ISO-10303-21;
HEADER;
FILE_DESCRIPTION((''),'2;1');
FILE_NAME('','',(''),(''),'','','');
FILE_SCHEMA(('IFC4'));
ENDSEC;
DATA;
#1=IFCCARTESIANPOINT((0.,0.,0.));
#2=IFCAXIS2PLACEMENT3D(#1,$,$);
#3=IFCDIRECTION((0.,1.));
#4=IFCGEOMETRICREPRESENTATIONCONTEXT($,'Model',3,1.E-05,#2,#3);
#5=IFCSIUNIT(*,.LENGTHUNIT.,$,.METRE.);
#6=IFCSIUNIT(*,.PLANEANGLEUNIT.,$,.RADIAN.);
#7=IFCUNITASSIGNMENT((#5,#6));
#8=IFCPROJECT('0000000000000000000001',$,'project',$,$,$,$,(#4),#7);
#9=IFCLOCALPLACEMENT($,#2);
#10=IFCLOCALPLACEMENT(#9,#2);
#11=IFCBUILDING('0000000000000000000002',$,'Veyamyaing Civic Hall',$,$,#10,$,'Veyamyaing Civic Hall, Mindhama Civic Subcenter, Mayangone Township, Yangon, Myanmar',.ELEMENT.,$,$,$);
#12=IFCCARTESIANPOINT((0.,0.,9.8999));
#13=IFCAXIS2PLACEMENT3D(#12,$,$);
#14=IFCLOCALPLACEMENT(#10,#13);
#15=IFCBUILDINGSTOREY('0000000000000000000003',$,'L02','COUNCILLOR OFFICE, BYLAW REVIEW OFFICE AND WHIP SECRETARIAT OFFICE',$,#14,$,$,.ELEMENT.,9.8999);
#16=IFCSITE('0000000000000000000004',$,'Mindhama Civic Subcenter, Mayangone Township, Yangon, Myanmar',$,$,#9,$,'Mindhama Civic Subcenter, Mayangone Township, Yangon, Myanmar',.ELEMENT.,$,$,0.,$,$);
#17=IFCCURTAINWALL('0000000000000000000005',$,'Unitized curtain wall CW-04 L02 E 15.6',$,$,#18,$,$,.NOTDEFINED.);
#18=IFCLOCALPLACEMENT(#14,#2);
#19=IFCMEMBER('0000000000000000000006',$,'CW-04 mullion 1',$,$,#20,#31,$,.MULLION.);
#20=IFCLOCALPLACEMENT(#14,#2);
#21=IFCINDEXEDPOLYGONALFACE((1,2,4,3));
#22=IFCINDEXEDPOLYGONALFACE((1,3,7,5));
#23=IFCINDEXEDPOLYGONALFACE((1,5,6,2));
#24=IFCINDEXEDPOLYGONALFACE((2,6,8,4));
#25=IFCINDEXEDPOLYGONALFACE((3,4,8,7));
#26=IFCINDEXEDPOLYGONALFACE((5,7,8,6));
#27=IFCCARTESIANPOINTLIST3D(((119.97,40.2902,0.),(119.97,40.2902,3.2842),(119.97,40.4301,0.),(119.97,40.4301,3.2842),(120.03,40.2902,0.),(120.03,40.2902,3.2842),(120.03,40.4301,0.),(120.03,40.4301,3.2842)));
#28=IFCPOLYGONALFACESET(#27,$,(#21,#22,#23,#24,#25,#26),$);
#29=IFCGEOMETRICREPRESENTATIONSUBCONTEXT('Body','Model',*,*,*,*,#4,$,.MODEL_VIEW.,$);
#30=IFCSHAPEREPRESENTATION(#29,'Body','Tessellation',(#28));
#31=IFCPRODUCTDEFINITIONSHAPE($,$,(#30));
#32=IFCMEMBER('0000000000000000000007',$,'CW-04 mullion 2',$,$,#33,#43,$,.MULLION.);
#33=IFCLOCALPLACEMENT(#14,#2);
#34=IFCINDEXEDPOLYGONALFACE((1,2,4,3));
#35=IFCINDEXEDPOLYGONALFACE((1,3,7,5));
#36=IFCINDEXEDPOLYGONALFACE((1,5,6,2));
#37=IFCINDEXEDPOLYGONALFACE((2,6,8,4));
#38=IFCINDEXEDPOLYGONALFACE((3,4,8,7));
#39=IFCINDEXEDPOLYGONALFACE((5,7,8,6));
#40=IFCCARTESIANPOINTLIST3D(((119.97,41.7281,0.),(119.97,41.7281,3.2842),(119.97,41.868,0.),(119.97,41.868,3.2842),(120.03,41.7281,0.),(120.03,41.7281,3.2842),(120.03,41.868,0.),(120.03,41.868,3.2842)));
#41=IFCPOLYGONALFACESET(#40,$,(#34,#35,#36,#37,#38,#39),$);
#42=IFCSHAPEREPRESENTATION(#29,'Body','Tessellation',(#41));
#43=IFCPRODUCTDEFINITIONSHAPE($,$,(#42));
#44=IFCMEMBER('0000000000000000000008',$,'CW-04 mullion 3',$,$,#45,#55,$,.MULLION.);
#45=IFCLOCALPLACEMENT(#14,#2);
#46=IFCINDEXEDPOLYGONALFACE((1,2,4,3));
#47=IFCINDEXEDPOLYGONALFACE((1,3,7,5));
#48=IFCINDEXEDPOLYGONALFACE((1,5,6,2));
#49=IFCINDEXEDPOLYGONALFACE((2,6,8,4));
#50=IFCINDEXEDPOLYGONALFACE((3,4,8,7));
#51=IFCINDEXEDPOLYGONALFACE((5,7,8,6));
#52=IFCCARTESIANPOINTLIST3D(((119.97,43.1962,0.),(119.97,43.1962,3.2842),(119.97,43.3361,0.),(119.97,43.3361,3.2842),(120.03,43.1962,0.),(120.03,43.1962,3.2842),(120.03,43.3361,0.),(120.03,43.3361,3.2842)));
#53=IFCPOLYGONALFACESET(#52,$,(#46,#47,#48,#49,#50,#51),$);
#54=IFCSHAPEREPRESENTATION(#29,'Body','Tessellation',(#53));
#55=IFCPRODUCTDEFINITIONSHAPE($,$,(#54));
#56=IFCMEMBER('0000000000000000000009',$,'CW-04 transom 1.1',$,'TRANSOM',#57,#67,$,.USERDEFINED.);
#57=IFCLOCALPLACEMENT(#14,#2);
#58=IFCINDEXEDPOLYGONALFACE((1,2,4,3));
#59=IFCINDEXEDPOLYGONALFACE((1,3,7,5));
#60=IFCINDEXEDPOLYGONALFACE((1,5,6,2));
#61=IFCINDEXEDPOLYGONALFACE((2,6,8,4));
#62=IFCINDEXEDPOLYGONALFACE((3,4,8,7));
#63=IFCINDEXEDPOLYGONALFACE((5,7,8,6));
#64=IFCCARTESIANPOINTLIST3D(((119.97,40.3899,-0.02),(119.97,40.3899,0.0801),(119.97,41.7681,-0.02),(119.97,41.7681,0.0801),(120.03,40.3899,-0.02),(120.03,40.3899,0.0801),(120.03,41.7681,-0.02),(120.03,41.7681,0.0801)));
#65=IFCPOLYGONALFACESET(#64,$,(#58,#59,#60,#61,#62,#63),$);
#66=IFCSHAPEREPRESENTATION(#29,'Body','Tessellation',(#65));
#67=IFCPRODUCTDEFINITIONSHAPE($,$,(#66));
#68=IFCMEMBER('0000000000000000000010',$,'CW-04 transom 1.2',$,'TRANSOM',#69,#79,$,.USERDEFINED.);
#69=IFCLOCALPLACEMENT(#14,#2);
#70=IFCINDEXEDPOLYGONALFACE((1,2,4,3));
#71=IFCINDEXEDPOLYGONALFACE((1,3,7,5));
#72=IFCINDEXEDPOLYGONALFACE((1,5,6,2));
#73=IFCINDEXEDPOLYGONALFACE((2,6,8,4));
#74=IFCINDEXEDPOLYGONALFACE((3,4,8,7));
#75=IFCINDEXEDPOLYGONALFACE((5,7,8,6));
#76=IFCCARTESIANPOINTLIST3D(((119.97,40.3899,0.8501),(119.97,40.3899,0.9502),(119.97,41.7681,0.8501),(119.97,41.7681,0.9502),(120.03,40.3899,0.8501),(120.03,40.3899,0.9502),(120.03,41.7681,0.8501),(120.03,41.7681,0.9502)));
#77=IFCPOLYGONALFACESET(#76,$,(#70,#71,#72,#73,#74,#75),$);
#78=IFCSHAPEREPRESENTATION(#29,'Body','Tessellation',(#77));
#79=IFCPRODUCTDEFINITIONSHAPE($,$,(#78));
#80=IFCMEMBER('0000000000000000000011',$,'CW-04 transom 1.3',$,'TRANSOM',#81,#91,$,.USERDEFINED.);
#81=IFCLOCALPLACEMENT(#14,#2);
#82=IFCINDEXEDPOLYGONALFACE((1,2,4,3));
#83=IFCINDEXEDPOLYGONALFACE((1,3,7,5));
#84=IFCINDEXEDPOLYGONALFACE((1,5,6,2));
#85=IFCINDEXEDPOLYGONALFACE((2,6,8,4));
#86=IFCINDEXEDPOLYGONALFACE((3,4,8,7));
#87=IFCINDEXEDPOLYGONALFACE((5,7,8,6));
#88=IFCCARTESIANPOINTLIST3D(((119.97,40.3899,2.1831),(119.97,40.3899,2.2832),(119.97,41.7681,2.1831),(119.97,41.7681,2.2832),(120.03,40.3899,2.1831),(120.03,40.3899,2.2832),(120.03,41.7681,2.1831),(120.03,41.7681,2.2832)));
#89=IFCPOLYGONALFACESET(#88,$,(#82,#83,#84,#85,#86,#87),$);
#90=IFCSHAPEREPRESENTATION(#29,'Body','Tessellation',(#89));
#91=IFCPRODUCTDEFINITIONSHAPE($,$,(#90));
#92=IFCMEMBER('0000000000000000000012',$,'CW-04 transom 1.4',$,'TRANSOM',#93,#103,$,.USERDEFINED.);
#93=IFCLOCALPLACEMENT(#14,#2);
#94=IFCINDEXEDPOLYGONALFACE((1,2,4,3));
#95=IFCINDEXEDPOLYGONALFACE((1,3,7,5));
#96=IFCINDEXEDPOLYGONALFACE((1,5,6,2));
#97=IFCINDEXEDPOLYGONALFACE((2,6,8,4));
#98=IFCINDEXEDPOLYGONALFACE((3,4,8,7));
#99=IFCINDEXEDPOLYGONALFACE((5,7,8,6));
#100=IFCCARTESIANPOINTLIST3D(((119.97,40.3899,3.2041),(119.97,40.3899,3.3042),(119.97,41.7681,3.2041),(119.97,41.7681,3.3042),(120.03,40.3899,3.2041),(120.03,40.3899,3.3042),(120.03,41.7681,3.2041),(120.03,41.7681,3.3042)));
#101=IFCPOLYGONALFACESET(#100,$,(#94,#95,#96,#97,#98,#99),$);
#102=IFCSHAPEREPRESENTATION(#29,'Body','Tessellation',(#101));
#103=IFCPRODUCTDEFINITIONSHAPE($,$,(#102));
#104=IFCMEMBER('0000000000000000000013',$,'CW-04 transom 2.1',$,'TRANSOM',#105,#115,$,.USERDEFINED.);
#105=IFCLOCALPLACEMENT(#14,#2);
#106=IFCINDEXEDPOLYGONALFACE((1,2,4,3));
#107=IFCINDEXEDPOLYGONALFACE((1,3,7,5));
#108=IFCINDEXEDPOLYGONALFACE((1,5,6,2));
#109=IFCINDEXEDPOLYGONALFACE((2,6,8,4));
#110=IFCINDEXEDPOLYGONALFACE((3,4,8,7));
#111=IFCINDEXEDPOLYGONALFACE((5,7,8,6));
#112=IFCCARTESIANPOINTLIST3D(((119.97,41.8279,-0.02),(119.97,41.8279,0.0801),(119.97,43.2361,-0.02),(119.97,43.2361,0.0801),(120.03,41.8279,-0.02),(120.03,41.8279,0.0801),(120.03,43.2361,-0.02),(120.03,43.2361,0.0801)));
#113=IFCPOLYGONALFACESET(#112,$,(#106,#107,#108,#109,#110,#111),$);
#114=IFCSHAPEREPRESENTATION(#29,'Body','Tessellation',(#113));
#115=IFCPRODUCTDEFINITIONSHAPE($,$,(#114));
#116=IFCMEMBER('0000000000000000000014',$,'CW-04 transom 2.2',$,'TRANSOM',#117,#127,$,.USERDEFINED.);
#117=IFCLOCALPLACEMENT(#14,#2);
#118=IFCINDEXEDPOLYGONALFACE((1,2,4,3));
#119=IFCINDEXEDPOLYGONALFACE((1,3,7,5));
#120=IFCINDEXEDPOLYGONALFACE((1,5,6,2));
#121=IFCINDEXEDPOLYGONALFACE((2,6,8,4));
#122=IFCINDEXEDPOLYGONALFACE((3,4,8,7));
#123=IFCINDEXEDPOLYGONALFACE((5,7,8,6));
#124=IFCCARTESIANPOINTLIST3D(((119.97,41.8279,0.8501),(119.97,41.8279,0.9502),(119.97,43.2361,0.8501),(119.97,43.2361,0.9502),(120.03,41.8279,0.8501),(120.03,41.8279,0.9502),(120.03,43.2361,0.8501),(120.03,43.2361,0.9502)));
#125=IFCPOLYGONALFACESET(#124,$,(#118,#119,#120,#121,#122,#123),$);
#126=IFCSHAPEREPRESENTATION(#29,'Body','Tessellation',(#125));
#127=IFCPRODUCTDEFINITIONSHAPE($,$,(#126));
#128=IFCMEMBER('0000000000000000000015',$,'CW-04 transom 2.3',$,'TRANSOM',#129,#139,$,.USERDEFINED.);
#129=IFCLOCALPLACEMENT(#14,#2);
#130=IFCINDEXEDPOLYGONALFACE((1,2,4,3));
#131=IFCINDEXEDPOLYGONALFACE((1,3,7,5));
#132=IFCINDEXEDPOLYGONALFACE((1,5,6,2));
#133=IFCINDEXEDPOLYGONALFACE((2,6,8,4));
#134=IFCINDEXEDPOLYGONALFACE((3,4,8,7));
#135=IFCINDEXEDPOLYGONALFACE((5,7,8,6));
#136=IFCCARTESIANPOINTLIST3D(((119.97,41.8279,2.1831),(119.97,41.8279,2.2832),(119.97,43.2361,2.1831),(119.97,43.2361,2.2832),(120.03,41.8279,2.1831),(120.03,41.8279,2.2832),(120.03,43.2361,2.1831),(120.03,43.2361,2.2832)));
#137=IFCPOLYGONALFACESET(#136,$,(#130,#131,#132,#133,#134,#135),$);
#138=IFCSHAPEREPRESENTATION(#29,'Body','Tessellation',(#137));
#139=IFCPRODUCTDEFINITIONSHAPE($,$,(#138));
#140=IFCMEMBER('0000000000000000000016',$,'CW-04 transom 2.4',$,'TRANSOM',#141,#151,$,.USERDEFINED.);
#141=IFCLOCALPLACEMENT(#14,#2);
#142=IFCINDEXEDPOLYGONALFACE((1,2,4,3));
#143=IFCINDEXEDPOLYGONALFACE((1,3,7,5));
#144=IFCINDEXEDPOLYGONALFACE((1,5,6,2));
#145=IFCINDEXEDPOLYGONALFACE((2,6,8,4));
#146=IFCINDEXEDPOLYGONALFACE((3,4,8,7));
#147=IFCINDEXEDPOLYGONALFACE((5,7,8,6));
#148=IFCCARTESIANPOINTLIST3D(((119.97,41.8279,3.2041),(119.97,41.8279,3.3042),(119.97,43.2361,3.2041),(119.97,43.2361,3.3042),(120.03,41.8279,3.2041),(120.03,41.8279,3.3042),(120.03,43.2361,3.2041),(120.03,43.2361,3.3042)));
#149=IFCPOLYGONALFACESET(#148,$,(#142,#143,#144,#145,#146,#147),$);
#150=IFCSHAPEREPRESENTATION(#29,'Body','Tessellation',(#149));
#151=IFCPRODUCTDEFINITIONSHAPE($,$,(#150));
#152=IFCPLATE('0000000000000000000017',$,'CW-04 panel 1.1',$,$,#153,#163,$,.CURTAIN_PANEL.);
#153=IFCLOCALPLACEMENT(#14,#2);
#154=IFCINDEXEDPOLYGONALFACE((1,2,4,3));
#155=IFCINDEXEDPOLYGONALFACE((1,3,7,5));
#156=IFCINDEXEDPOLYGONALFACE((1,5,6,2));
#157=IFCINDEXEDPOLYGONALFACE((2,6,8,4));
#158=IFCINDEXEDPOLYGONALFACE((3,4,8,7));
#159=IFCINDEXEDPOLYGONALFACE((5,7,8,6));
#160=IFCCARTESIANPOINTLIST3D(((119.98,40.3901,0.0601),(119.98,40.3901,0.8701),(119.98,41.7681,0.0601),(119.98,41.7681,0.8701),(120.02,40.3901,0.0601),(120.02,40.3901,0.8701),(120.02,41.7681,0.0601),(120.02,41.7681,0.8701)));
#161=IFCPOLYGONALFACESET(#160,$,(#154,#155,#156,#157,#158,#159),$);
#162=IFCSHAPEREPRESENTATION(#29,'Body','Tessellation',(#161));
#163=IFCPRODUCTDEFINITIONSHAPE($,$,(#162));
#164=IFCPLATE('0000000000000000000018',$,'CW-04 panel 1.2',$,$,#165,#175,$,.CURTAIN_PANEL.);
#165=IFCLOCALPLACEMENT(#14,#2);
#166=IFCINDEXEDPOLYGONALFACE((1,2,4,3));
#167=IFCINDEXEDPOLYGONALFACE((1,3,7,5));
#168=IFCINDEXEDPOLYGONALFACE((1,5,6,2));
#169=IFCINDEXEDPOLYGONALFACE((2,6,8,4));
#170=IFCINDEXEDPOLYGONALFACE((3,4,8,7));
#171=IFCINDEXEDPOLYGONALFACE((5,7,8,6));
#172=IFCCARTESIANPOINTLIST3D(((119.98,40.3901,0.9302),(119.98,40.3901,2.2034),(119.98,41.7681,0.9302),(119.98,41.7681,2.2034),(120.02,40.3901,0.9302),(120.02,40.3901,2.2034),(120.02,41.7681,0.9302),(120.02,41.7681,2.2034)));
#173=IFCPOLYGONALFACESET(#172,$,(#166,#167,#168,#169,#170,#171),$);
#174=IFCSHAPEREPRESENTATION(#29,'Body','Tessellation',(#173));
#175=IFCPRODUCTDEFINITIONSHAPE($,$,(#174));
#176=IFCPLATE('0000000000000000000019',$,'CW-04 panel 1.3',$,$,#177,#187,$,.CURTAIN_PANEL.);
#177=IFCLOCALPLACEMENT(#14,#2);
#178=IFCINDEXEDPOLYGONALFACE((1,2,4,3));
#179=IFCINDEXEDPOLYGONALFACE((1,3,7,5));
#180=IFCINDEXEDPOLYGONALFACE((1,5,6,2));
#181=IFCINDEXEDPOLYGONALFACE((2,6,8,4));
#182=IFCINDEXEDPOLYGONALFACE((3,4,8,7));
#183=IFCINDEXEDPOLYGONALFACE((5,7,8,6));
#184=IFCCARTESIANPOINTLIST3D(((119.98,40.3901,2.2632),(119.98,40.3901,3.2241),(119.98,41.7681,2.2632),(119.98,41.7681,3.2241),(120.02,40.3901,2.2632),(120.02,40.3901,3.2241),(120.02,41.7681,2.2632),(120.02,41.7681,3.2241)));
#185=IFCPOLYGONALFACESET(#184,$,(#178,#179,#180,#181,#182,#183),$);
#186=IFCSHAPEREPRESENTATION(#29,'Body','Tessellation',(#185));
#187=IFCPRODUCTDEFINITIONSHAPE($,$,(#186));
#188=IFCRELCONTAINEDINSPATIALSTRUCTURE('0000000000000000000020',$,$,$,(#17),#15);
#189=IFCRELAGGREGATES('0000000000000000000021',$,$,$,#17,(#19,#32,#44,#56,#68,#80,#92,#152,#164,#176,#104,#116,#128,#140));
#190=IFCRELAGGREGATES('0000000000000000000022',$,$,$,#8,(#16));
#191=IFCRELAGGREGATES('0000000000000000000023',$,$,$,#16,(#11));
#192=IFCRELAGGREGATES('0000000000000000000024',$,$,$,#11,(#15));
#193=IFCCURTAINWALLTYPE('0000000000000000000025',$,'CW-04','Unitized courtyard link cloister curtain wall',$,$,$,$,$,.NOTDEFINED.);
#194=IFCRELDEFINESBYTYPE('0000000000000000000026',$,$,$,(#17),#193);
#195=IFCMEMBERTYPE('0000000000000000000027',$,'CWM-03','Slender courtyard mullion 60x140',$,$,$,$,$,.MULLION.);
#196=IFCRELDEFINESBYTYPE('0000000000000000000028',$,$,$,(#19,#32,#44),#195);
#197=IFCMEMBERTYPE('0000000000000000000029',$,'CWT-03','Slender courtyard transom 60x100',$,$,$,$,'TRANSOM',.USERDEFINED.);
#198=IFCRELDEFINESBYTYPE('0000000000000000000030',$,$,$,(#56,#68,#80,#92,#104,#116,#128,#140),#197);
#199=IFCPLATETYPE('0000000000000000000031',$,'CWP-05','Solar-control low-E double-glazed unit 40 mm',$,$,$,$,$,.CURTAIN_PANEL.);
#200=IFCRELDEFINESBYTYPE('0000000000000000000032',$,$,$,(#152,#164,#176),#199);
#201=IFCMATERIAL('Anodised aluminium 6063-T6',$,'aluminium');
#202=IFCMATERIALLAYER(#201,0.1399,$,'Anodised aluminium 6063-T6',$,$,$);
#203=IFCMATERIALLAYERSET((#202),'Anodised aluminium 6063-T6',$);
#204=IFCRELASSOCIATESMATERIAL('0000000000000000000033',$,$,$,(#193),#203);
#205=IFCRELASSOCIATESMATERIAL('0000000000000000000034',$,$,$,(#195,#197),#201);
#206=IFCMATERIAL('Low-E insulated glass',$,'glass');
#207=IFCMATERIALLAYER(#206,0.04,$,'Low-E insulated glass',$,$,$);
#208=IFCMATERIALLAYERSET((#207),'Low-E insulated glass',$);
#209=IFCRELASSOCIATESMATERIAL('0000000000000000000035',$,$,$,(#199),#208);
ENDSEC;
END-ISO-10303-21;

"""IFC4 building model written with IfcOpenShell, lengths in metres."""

from ifc_helpers import new_model, si_unit, direction, frame, origin, origin_2d, place, context, subcontext, project, spatial, rectangle, extrude, material, layer, layer_set, material_profile, profile_set, type_object, element, aggregate, save


model = new_model("IFC4")

# Units and contexts
model_context = context("Model", 3, precision=1e-05, world=origin(), true_north=direction((0.0, 1.0)))
body_context = subcontext(model_context, "Body", "Model", "MODEL_VIEW")
ifc_project = project(units=[si_unit("LENGTHUNIT", "METRE"), si_unit("PLANEANGLEUNIT", "RADIAN")], contexts=[model_context])

# Site, building, storey
site_placement = place(None, origin())
site = spatial("IfcSite", under=ifc_project, at=site_placement, Name="Mindhama Civic Subcenter, Mayangone Township, Yangon, Myanmar", LongName="Mindhama Civic Subcenter, Mayangone Township, Yangon, Myanmar", CompositionType="ELEMENT", RefElevation=0.0)
building_placement = place(site_placement, origin())
building = spatial("IfcBuilding", under=site, at=building_placement, Name="Veyamyaing Civic Hall", LongName="Veyamyaing Civic Hall, Mindhama Civic Subcenter, Mayangone Township, Yangon, Myanmar", CompositionType="ELEMENT")
storey_placement = place(building_placement, frame((0.0, 0.0, 9.8999)))
storey = spatial("IfcBuildingStorey", under=building, at=storey_placement, Name="L02", Description="COUNCILLOR OFFICE, BYLAW REVIEW OFFICE AND WHIP SECRETARIAT OFFICE", CompositionType="ELEMENT", Elevation=9.8999)

# Curtain wall, members, plates
ifc_material_1 = material(Name="Anodised aluminium 6063-T6", Category="aluminium")
ifc_layer_1 = layer(ifc_material_1, 0.1399, Name="Anodised aluminium 6063-T6")
ifc_layer_set_1 = layer_set([ifc_layer_1], Name="Anodised aluminium 6063-T6")
curtain_wall_type = type_object("IfcCurtainWallType", Name="CW-04", Description="Unitized courtyard link cloister curtain wall", PredefinedType="NOTDEFINED", material=ifc_layer_set_1)
curtain_wall_placement = place(storey_placement, origin())
curtain_wall = element("IfcCurtainWall", 1, at=curtain_wall_placement, inside=storey, type_object=curtain_wall_type, Name="Unitized curtain wall CW-04 L02 E 15.6", PredefinedType="NOTDEFINED")
ifc_material_profile_1 = material_profile(ifc_material_1, rectangle(XDim=0.0601, YDim=0.1399, at=origin_2d()), Name="ALU-MUL-60X140")
ifc_profile_set_1 = profile_set([ifc_material_profile_1], Name="Anodised aluminium 6063-T6")
member_type_1 = type_object("IfcMemberType", Name="CWM-03", Description="Slender courtyard mullion 60x140", PredefinedType="MULLION", material=ifc_profile_set_1)
member_1_placement = place(storey_placement, frame((120.0, 40.3601, 0.0), z_axis=(0.0, 0.0, 1.0), x_axis=(-1.0, 0.0, 0.0)))
member_1 = element("IfcMember", 2, at=member_1_placement, type_object=member_type_1, Name="CW-04 mullion 1", PredefinedType="MULLION", context=body_context, shape_type="SweptSolid", body=[
    extrude(rectangle(XDim=0.0601, YDim=0.1399, at=origin_2d()), origin(), (0.0, 0.0, 1.0), 3.2842),
])
member_2_placement = place(storey_placement, frame((120.0, 41.7981, 0.0), z_axis=(0.0, 0.0, 1.0), x_axis=(-1.0, 0.0, 0.0)))
member_2 = element("IfcMember", 3, at=member_2_placement, type_object=member_type_1, Name="CW-04 mullion 2", PredefinedType="MULLION", context=body_context, shape_type="SweptSolid", body=[
    extrude(rectangle(XDim=0.0601, YDim=0.1399, at=origin_2d()), origin(), (0.0, 0.0, 1.0), 3.2842),
])
member_3_placement = place(storey_placement, frame((120.0, 43.2661, 0.0), z_axis=(0.0, 0.0, 1.0), x_axis=(-1.0, 0.0, 0.0)))
member_3 = element("IfcMember", 4, at=member_3_placement, type_object=member_type_1, Name="CW-04 mullion 3", PredefinedType="MULLION", context=body_context, shape_type="SweptSolid", body=[
    extrude(rectangle(XDim=0.0601, YDim=0.1399, at=origin_2d()), origin(), (0.0, 0.0, 1.0), 3.2842),
])
ifc_material_profile_2 = material_profile(ifc_material_1, rectangle(XDim=0.0601, YDim=0.1001, at=origin_2d()), Name="ALU-TRN-60X100")
ifc_profile_set_2 = profile_set([ifc_material_profile_2], Name="Anodised aluminium 6063-T6")
member_type_2 = type_object("IfcMemberType", Name="CWT-03", Description="Slender courtyard transom 60x100", ElementType="TRANSOM", PredefinedType="USERDEFINED", material=ifc_profile_set_2)
member_4_placement = place(storey_placement, frame((120.0, 40.3899, 0.03), z_axis=(0.0, 1.0, 0.0), x_axis=(-1.0, 0.0, 0.0)))
member_4 = element("IfcMember", 5, at=member_4_placement, type_object=member_type_2, Name="CW-04 transom 1.1", ObjectType="TRANSOM", PredefinedType="USERDEFINED", context=body_context, shape_type="SweptSolid", body=[
    extrude(rectangle(XDim=0.0601, YDim=0.1001, at=origin_2d()), origin(), (0.0, 0.0, 1.0), 1.3782),
])
member_5_placement = place(storey_placement, frame((120.0, 40.3899, 0.9001), z_axis=(0.0, 1.0, 0.0), x_axis=(-1.0, 0.0, 0.0)))
member_5 = element("IfcMember", 6, at=member_5_placement, type_object=member_type_2, Name="CW-04 transom 1.2", ObjectType="TRANSOM", PredefinedType="USERDEFINED", context=body_context, shape_type="SweptSolid", body=[
    extrude(rectangle(XDim=0.0601, YDim=0.1001, at=origin_2d()), origin(), (0.0, 0.0, 1.0), 1.3782),
])
member_6_placement = place(storey_placement, frame((120.0, 40.3899, 2.2332), z_axis=(0.0, 1.0, 0.0), x_axis=(-1.0, 0.0, 0.0)))
member_6 = element("IfcMember", 7, at=member_6_placement, type_object=member_type_2, Name="CW-04 transom 1.3", ObjectType="TRANSOM", PredefinedType="USERDEFINED", context=body_context, shape_type="SweptSolid", body=[
    extrude(rectangle(XDim=0.0601, YDim=0.1001, at=origin_2d()), origin(), (0.0, 0.0, 1.0), 1.3782),
])
member_7_placement = place(storey_placement, frame((120.0, 40.3899, 3.2542), z_axis=(0.0, 1.0, 0.0), x_axis=(-1.0, 0.0, 0.0)))
member_7 = element("IfcMember", 8, at=member_7_placement, type_object=member_type_2, Name="CW-04 transom 1.4", ObjectType="TRANSOM", PredefinedType="USERDEFINED", context=body_context, shape_type="SweptSolid", body=[
    extrude(rectangle(XDim=0.0601, YDim=0.1001, at=origin_2d()), origin(), (0.0, 0.0, 1.0), 1.3782),
])
member_8_placement = place(storey_placement, frame((120.0, 41.8279, 0.03), z_axis=(0.0, 1.0, 0.0), x_axis=(-1.0, 0.0, 0.0)))
member_8 = element("IfcMember", 9, at=member_8_placement, type_object=member_type_2, Name="CW-04 transom 2.1", ObjectType="TRANSOM", PredefinedType="USERDEFINED", context=body_context, shape_type="SweptSolid", body=[
    extrude(rectangle(XDim=0.0601, YDim=0.1001, at=origin_2d()), origin(), (0.0, 0.0, 1.0), 1.4082),
])
member_9_placement = place(storey_placement, frame((120.0, 41.8279, 0.9001), z_axis=(0.0, 1.0, 0.0), x_axis=(-1.0, 0.0, 0.0)))
member_9 = element("IfcMember", 10, at=member_9_placement, type_object=member_type_2, Name="CW-04 transom 2.2", ObjectType="TRANSOM", PredefinedType="USERDEFINED", context=body_context, shape_type="SweptSolid", body=[
    extrude(rectangle(XDim=0.0601, YDim=0.1001, at=origin_2d()), origin(), (0.0, 0.0, 1.0), 1.4082),
])
member_10_placement = place(storey_placement, frame((120.0, 41.8279, 2.2332), z_axis=(0.0, 1.0, 0.0), x_axis=(-1.0, 0.0, 0.0)))
member_10 = element("IfcMember", 11, at=member_10_placement, type_object=member_type_2, Name="CW-04 transom 2.3", ObjectType="TRANSOM", PredefinedType="USERDEFINED", context=body_context, shape_type="SweptSolid", body=[
    extrude(rectangle(XDim=0.0601, YDim=0.1001, at=origin_2d()), origin(), (0.0, 0.0, 1.0), 1.4082),
])
member_11_placement = place(storey_placement, frame((120.0, 41.8279, 3.2542), z_axis=(0.0, 1.0, 0.0), x_axis=(-1.0, 0.0, 0.0)))
member_11 = element("IfcMember", 12, at=member_11_placement, type_object=member_type_2, Name="CW-04 transom 2.4", ObjectType="TRANSOM", PredefinedType="USERDEFINED", context=body_context, shape_type="SweptSolid", body=[
    extrude(rectangle(XDim=0.0601, YDim=0.1001, at=origin_2d()), origin(), (0.0, 0.0, 1.0), 1.4082),
])
ifc_material_2 = material(Name="Low-E insulated glass", Category="glass")
ifc_layer_2 = layer(ifc_material_2, 0.04, Name="Low-E insulated glass")
ifc_layer_set_2 = layer_set([ifc_layer_2], Name="Low-E insulated glass")
plate_type = type_object("IfcPlateType", Name="CWP-05", Description="Solar-control low-E double-glazed unit 40 mm", PredefinedType="CURTAIN_PANEL", material=ifc_layer_set_2)
plate_1_placement = place(storey_placement, frame((120.0, 41.0791, 0.0601), z_axis=(0.0, 0.0, 1.0), x_axis=(0.0, 1.0, 0.0)))
plate_1 = element("IfcPlate", 13, at=plate_1_placement, type_object=plate_type, Name="CW-04 panel 1.1", PredefinedType="CURTAIN_PANEL", context=body_context, shape_type="SweptSolid", body=[
    extrude(rectangle(XDim=1.3779, YDim=0.04, at=origin_2d()), origin(), (0.0, 0.0, 1.0), 0.8101),
])
plate_2_placement = place(storey_placement, frame((120.0, 41.0791, 0.9302), z_axis=(0.0, 0.0, 1.0), x_axis=(0.0, 1.0, 0.0)))
plate_2 = element("IfcPlate", 14, at=plate_2_placement, type_object=plate_type, Name="CW-04 panel 1.2", PredefinedType="CURTAIN_PANEL", context=body_context, shape_type="SweptSolid", body=[
    extrude(rectangle(XDim=1.3779, YDim=0.04, at=origin_2d()), origin(), (0.0, 0.0, 1.0), 1.2732),
])
plate_3_placement = place(storey_placement, frame((120.0, 41.0791, 2.2632), z_axis=(0.0, 0.0, 1.0), x_axis=(0.0, 1.0, 0.0)))
plate_3 = element("IfcPlate", 15, at=plate_3_placement, type_object=plate_type, Name="CW-04 panel 1.3", PredefinedType="CURTAIN_PANEL", context=body_context, shape_type="SweptSolid", body=[
    extrude(rectangle(XDim=1.3779, YDim=0.04, at=origin_2d()), origin(), (0.0, 0.0, 1.0), 0.9609),
])
aggregate(curtain_wall, [member_1, member_2, member_3, member_4, member_5, member_6, member_7, plate_1, plate_2, plate_3, member_8, member_9, member_10, member_11])

save(model, "model.ifc")
